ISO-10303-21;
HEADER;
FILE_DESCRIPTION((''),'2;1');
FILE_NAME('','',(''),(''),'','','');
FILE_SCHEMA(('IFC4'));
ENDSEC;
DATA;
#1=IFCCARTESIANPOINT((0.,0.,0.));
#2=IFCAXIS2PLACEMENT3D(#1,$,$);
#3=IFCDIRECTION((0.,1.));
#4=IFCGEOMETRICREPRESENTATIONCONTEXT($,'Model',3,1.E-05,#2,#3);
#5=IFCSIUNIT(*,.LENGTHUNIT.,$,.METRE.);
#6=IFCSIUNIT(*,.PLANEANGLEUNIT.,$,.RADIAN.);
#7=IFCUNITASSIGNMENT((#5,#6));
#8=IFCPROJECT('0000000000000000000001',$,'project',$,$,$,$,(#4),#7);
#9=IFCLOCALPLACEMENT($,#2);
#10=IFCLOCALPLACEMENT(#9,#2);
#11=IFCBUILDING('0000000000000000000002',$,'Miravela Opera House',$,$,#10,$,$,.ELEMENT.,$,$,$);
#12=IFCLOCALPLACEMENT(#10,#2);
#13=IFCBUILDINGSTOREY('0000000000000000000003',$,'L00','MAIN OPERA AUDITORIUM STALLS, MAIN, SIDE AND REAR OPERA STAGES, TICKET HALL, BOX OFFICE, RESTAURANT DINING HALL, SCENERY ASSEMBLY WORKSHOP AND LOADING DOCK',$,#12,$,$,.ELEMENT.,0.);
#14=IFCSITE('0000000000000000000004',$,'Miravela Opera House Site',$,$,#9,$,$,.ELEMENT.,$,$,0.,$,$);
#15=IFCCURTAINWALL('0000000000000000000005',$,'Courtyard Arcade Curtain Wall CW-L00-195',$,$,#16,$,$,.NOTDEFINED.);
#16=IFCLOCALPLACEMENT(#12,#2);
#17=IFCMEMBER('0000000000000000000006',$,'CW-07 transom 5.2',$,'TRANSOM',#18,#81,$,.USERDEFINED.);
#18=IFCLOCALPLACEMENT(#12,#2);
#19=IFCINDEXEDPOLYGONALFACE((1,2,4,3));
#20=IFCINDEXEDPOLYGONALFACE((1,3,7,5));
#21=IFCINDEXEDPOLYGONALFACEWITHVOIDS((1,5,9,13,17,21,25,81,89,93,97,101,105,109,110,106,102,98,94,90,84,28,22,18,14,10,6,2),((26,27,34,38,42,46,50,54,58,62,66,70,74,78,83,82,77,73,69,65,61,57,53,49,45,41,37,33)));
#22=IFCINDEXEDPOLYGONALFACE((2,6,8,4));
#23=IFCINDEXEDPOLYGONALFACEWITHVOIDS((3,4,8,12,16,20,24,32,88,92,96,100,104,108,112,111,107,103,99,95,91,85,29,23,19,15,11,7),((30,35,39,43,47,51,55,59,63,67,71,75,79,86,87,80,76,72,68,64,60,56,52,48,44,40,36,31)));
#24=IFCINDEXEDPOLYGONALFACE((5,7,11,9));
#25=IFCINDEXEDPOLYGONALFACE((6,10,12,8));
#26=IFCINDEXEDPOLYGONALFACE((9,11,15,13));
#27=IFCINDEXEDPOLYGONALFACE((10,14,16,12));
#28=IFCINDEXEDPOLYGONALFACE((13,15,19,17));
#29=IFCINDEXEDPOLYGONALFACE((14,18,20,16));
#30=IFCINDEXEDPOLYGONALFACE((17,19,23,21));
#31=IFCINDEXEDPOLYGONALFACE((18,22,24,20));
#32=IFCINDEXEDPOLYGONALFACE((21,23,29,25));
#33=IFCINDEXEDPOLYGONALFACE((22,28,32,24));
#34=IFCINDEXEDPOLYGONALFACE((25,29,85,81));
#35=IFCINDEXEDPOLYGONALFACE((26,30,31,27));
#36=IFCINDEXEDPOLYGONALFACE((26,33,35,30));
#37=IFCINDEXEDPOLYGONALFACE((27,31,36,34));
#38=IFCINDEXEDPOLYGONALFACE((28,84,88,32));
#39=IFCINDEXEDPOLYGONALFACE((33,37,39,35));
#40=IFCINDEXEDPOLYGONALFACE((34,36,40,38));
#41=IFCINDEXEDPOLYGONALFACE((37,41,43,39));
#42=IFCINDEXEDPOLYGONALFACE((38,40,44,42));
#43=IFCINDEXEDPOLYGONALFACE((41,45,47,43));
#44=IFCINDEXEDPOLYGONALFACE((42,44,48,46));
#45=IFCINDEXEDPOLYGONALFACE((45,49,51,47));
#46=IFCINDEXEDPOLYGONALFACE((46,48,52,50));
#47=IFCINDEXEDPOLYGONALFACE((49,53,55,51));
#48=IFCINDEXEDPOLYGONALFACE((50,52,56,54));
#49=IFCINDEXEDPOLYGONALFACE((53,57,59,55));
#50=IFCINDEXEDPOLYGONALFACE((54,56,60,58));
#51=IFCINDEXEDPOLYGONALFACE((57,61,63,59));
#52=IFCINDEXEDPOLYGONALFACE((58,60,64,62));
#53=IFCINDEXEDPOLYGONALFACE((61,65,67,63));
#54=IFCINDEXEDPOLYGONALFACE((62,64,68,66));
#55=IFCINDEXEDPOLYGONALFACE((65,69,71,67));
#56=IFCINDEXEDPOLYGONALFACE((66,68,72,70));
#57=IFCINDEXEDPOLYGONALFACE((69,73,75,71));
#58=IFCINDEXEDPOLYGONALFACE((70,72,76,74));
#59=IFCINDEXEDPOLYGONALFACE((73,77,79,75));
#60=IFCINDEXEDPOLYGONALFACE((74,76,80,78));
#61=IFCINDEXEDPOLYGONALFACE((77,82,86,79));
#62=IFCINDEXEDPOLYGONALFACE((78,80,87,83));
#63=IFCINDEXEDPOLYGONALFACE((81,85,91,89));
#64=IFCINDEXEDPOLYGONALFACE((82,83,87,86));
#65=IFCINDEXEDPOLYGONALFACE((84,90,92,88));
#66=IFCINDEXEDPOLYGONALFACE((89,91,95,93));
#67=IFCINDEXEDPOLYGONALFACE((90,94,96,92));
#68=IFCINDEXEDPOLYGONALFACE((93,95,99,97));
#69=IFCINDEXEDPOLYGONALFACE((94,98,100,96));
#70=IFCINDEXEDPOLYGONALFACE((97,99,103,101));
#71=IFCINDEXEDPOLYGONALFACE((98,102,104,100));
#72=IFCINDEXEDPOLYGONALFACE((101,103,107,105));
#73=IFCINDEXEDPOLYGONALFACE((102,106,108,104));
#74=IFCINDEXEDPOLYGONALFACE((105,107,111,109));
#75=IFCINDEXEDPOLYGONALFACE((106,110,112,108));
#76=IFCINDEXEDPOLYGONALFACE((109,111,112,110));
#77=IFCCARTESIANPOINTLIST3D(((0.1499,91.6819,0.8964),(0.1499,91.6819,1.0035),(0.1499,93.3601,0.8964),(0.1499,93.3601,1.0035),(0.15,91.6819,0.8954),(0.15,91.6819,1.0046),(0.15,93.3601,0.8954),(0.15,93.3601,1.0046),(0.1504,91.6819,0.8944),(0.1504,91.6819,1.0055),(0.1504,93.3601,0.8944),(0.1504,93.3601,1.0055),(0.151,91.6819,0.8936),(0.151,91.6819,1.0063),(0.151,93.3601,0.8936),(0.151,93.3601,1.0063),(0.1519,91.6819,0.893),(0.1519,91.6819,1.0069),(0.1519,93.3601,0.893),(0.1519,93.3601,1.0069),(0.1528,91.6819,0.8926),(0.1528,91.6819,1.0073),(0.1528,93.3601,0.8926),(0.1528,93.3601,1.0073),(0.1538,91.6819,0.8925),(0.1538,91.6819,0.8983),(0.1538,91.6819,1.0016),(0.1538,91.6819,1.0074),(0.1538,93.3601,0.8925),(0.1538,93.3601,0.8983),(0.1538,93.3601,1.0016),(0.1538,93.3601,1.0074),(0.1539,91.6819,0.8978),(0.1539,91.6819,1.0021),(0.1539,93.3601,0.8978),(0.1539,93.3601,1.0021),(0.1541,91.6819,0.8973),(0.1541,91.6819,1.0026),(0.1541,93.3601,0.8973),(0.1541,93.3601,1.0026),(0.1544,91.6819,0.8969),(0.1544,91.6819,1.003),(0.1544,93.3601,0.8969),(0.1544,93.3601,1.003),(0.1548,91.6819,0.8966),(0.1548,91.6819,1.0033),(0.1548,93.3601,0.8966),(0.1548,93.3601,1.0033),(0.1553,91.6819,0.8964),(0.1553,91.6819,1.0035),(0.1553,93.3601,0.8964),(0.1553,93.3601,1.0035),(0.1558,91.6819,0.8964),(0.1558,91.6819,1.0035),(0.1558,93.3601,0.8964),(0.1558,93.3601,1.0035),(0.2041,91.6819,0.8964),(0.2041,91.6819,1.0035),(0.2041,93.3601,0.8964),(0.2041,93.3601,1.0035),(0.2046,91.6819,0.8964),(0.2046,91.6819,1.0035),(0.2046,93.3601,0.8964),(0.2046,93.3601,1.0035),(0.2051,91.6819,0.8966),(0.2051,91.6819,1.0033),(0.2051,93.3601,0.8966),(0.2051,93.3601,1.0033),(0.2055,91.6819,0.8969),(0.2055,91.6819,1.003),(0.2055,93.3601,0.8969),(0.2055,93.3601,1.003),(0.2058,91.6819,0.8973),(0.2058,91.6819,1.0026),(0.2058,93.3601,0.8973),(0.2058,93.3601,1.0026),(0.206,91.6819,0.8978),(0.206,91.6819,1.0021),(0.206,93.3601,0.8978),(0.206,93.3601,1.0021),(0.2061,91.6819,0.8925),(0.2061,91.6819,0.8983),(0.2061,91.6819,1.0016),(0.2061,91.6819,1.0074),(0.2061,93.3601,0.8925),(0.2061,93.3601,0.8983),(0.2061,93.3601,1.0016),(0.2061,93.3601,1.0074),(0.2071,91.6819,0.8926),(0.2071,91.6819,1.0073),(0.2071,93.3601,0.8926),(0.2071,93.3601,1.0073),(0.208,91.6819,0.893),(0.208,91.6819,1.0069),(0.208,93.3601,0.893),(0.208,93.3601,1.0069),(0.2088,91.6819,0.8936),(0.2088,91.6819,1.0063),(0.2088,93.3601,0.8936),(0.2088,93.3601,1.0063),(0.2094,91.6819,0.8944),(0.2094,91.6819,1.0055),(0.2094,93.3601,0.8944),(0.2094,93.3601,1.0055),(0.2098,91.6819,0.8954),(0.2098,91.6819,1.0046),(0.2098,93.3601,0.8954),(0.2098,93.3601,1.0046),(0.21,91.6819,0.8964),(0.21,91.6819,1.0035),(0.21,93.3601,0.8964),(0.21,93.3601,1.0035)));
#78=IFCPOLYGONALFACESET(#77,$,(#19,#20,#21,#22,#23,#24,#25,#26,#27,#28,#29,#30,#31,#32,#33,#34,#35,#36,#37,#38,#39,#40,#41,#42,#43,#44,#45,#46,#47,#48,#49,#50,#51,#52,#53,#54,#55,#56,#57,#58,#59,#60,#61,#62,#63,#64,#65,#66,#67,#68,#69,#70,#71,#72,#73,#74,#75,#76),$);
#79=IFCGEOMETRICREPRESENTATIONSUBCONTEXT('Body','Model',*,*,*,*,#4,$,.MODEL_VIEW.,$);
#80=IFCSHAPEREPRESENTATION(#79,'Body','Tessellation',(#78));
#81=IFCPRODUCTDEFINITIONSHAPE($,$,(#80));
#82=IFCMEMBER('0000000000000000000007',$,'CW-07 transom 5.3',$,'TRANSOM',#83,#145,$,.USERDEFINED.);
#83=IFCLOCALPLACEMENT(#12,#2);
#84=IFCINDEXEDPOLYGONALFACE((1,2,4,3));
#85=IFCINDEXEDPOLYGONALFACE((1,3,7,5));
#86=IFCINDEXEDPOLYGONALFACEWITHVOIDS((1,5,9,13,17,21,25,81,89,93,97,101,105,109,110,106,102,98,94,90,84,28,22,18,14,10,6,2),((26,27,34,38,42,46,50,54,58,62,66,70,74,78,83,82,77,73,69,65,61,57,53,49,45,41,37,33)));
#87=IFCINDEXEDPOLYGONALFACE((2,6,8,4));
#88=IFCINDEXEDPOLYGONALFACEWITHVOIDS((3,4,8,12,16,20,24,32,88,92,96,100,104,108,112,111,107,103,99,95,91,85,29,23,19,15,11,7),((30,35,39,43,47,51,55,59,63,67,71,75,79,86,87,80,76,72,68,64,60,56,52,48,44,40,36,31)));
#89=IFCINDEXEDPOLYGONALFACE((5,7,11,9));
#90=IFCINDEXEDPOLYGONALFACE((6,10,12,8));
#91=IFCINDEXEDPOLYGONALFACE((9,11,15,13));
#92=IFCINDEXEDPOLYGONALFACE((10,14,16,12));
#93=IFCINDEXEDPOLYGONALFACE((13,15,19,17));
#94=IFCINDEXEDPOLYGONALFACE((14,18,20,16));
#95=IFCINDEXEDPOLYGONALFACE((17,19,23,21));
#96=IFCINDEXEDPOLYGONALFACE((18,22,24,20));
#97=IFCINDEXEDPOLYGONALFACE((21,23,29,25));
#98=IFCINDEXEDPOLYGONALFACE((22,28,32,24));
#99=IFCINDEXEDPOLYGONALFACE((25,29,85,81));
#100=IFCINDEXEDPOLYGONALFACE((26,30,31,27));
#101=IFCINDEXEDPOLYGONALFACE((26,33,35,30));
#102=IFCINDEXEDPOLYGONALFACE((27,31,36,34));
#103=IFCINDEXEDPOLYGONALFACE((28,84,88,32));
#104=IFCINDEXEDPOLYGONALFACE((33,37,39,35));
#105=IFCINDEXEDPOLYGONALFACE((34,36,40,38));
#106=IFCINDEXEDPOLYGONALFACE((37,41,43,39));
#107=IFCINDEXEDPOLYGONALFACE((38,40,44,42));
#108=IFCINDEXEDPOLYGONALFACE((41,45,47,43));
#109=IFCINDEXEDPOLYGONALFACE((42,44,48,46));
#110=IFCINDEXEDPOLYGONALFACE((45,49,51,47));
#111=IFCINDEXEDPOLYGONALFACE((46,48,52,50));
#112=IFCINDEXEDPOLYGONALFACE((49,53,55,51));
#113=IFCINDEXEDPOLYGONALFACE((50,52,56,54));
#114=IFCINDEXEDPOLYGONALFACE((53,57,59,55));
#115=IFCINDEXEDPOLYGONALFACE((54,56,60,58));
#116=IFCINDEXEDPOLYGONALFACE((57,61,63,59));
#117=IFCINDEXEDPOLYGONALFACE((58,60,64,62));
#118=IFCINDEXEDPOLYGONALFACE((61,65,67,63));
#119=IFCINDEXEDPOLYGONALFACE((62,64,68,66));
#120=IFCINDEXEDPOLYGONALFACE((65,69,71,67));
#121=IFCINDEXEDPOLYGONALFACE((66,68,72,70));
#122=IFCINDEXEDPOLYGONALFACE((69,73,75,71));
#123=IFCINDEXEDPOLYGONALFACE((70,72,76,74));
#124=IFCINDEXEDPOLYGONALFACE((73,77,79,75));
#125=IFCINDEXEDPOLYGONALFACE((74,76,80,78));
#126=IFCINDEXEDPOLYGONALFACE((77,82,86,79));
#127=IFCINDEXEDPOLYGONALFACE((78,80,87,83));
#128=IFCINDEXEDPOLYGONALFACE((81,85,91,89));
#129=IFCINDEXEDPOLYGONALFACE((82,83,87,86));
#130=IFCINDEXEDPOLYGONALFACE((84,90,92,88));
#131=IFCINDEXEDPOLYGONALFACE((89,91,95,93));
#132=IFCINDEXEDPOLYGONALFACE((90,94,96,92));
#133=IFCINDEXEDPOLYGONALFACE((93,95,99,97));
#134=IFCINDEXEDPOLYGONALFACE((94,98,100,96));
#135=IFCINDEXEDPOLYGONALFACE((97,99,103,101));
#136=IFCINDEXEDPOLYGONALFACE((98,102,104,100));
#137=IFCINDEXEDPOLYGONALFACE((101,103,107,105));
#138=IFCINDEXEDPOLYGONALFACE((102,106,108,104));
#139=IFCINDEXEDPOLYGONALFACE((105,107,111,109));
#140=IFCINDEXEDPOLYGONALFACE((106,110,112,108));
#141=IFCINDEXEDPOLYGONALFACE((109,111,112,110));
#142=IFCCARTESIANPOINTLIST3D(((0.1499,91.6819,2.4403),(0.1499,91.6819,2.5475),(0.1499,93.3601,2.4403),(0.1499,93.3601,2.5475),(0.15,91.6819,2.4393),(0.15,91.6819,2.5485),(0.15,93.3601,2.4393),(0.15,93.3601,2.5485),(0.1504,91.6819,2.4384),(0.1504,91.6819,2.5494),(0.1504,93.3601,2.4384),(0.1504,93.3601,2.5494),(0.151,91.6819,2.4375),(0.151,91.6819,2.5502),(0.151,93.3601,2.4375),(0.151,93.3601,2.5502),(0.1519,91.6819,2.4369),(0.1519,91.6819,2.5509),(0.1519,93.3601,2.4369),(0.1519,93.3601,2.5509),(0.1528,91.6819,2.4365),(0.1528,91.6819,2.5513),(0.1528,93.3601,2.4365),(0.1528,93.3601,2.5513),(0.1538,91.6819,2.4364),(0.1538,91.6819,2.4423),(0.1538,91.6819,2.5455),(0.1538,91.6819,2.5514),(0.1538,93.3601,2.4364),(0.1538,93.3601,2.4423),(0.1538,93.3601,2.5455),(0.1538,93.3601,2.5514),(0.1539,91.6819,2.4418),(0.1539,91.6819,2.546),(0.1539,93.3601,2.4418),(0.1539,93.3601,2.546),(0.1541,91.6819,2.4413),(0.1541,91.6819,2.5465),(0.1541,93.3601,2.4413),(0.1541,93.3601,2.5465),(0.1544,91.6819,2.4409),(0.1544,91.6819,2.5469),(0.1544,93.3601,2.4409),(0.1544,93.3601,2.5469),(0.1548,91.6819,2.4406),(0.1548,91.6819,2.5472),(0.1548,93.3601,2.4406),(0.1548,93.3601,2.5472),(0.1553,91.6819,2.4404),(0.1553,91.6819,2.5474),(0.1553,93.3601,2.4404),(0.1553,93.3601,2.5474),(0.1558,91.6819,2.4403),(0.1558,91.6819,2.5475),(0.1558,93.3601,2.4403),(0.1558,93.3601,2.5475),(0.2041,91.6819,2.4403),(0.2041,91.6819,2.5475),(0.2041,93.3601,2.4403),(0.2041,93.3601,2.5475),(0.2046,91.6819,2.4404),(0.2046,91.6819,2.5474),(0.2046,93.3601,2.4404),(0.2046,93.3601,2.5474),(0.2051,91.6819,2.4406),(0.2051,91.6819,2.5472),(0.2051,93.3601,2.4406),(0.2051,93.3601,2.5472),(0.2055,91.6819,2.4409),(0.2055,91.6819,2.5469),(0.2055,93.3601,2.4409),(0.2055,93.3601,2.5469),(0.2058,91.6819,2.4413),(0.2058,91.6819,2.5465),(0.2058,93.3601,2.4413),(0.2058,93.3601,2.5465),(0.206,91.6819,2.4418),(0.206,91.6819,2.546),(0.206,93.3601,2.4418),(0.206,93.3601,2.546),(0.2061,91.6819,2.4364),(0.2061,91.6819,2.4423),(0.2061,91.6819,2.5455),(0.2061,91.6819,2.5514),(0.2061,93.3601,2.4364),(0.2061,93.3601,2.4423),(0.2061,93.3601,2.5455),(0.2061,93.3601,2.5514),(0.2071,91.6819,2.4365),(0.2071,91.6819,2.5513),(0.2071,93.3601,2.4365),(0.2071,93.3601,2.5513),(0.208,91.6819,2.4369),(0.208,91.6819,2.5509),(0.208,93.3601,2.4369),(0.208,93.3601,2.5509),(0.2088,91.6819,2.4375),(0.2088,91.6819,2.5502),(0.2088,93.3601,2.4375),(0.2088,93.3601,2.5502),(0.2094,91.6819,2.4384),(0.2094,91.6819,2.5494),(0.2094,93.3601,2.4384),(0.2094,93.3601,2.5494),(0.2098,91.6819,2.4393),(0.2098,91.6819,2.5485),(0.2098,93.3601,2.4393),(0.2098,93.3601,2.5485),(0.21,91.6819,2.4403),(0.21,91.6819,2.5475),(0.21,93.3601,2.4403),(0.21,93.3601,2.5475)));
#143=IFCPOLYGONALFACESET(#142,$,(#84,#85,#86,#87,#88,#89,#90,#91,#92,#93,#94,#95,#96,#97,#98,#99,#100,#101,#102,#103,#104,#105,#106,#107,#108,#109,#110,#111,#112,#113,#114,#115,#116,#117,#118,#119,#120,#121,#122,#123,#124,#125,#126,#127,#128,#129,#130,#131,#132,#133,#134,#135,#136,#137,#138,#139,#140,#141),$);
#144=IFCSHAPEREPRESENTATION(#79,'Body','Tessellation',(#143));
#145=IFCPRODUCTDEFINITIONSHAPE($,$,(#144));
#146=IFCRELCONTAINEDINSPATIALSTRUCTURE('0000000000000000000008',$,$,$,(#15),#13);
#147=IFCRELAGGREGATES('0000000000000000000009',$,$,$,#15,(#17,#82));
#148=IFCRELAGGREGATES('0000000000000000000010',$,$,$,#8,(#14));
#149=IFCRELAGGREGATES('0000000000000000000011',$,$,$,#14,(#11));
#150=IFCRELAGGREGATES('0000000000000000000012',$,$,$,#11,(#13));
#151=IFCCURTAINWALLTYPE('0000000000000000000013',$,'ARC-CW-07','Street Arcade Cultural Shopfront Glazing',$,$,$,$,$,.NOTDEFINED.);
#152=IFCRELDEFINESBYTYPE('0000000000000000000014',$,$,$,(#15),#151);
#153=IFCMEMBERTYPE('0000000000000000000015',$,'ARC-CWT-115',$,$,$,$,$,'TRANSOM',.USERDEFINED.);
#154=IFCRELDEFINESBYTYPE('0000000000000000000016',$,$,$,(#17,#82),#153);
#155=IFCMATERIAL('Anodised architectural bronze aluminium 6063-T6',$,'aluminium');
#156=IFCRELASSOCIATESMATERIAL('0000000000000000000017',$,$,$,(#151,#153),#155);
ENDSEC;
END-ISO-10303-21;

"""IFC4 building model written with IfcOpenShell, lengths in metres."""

from ifc_helpers import new_model, si_unit, direction, frame, origin, origin_2d, place, context, subcontext, project, spatial, hollow_rectangle, extrude, material, material_profile, profile_set, type_object, element, aggregate, save


model = new_model("IFC4")

# Units and contexts
model_context = context("Model", 3, precision=1e-05, world=origin(), true_north=direction((0.0, 1.0)))
body_context = subcontext(model_context, "Body", "Model", "MODEL_VIEW")
ifc_project = project(units=[si_unit("LENGTHUNIT", "METRE"), si_unit("PLANEANGLEUNIT", "RADIAN")], contexts=[model_context])

# Site, building, storey
site_placement = place(None, origin())
site = spatial("IfcSite", under=ifc_project, at=site_placement, Name="Miravela Opera House Site", CompositionType="ELEMENT", RefElevation=0.0)
building_placement = place(site_placement, origin())
building = spatial("IfcBuilding", under=site, at=building_placement, Name="Miravela Opera House", CompositionType="ELEMENT")
storey_placement = place(building_placement, origin())
storey = spatial("IfcBuildingStorey", under=building, at=storey_placement, Name="L00", Description="MAIN OPERA AUDITORIUM STALLS, MAIN, SIDE AND REAR OPERA STAGES, TICKET HALL, BOX OFFICE, RESTAURANT DINING HALL, SCENERY ASSEMBLY WORKSHOP AND LOADING DOCK", CompositionType="ELEMENT", Elevation=0.0)

# Curtain wall, members
ifc_material_1 = material(Name="Anodised architectural bronze aluminium 6063-T6", Category="aluminium")
curtain_wall_type = type_object("IfcCurtainWallType", Name="ARC-CW-07", Description="Street Arcade Cultural Shopfront Glazing", PredefinedType="NOTDEFINED", material=ifc_material_1)
curtain_wall_placement = place(storey_placement, origin())
curtain_wall = element("IfcCurtainWall", 1, at=curtain_wall_placement, inside=storey, type_object=curtain_wall_type, Name="Courtyard Arcade Curtain Wall CW-L00-195", PredefinedType="NOTDEFINED")
ifc_material_profile_1 = material_profile(ifc_material_1, hollow_rectangle(XDim=0.0601, YDim=0.115, WallThickness=0.0039, InnerFilletRadius=0.002, OuterFilletRadius=0.0039, at=origin_2d()), Name="CWT-60X115")
ifc_profile_set_1 = profile_set([ifc_material_profile_1])
member_type_1 = type_object("IfcMemberType", Name="ARC-CWT-115", ElementType="TRANSOM", PredefinedType="USERDEFINED", material=ifc_profile_set_1)
member_1_placement = place(storey_placement, frame((0.1799, 91.6819, 0.95), z_axis=(0.0, 1.0, 0.0), x_axis=(-1.0, 0.0, 0.0)))
member_1 = element("IfcMember", 2, at=member_1_placement, type_object=member_type_1, Name="CW-07 transom 5.2", ObjectType="TRANSOM", PredefinedType="USERDEFINED", context=body_context, shape_type="SweptSolid", body=[
    extrude(hollow_rectangle(XDim=0.0601, YDim=0.115, WallThickness=0.0039, InnerFilletRadius=0.002, OuterFilletRadius=0.0039, at=origin_2d()), origin(), (0.0, 0.0, 1.0), 1.6782),
])
member_2_placement = place(storey_placement, frame((0.1799, 91.6819, 2.4939), z_axis=(0.0, 1.0, 0.0), x_axis=(-1.0, 0.0, 0.0)))
member_2 = element("IfcMember", 3, at=member_2_placement, type_object=member_type_1, Name="CW-07 transom 5.3", ObjectType="TRANSOM", PredefinedType="USERDEFINED", context=body_context, shape_type="SweptSolid", body=[
    extrude(hollow_rectangle(XDim=0.0601, YDim=0.115, WallThickness=0.0039, InnerFilletRadius=0.002, OuterFilletRadius=0.0039, at=origin_2d()), origin(), (0.0, 0.0, 1.0), 1.6782),
])

aggregate(curtain_wall, [member_1, member_2])

save(model, "model.ifc")
